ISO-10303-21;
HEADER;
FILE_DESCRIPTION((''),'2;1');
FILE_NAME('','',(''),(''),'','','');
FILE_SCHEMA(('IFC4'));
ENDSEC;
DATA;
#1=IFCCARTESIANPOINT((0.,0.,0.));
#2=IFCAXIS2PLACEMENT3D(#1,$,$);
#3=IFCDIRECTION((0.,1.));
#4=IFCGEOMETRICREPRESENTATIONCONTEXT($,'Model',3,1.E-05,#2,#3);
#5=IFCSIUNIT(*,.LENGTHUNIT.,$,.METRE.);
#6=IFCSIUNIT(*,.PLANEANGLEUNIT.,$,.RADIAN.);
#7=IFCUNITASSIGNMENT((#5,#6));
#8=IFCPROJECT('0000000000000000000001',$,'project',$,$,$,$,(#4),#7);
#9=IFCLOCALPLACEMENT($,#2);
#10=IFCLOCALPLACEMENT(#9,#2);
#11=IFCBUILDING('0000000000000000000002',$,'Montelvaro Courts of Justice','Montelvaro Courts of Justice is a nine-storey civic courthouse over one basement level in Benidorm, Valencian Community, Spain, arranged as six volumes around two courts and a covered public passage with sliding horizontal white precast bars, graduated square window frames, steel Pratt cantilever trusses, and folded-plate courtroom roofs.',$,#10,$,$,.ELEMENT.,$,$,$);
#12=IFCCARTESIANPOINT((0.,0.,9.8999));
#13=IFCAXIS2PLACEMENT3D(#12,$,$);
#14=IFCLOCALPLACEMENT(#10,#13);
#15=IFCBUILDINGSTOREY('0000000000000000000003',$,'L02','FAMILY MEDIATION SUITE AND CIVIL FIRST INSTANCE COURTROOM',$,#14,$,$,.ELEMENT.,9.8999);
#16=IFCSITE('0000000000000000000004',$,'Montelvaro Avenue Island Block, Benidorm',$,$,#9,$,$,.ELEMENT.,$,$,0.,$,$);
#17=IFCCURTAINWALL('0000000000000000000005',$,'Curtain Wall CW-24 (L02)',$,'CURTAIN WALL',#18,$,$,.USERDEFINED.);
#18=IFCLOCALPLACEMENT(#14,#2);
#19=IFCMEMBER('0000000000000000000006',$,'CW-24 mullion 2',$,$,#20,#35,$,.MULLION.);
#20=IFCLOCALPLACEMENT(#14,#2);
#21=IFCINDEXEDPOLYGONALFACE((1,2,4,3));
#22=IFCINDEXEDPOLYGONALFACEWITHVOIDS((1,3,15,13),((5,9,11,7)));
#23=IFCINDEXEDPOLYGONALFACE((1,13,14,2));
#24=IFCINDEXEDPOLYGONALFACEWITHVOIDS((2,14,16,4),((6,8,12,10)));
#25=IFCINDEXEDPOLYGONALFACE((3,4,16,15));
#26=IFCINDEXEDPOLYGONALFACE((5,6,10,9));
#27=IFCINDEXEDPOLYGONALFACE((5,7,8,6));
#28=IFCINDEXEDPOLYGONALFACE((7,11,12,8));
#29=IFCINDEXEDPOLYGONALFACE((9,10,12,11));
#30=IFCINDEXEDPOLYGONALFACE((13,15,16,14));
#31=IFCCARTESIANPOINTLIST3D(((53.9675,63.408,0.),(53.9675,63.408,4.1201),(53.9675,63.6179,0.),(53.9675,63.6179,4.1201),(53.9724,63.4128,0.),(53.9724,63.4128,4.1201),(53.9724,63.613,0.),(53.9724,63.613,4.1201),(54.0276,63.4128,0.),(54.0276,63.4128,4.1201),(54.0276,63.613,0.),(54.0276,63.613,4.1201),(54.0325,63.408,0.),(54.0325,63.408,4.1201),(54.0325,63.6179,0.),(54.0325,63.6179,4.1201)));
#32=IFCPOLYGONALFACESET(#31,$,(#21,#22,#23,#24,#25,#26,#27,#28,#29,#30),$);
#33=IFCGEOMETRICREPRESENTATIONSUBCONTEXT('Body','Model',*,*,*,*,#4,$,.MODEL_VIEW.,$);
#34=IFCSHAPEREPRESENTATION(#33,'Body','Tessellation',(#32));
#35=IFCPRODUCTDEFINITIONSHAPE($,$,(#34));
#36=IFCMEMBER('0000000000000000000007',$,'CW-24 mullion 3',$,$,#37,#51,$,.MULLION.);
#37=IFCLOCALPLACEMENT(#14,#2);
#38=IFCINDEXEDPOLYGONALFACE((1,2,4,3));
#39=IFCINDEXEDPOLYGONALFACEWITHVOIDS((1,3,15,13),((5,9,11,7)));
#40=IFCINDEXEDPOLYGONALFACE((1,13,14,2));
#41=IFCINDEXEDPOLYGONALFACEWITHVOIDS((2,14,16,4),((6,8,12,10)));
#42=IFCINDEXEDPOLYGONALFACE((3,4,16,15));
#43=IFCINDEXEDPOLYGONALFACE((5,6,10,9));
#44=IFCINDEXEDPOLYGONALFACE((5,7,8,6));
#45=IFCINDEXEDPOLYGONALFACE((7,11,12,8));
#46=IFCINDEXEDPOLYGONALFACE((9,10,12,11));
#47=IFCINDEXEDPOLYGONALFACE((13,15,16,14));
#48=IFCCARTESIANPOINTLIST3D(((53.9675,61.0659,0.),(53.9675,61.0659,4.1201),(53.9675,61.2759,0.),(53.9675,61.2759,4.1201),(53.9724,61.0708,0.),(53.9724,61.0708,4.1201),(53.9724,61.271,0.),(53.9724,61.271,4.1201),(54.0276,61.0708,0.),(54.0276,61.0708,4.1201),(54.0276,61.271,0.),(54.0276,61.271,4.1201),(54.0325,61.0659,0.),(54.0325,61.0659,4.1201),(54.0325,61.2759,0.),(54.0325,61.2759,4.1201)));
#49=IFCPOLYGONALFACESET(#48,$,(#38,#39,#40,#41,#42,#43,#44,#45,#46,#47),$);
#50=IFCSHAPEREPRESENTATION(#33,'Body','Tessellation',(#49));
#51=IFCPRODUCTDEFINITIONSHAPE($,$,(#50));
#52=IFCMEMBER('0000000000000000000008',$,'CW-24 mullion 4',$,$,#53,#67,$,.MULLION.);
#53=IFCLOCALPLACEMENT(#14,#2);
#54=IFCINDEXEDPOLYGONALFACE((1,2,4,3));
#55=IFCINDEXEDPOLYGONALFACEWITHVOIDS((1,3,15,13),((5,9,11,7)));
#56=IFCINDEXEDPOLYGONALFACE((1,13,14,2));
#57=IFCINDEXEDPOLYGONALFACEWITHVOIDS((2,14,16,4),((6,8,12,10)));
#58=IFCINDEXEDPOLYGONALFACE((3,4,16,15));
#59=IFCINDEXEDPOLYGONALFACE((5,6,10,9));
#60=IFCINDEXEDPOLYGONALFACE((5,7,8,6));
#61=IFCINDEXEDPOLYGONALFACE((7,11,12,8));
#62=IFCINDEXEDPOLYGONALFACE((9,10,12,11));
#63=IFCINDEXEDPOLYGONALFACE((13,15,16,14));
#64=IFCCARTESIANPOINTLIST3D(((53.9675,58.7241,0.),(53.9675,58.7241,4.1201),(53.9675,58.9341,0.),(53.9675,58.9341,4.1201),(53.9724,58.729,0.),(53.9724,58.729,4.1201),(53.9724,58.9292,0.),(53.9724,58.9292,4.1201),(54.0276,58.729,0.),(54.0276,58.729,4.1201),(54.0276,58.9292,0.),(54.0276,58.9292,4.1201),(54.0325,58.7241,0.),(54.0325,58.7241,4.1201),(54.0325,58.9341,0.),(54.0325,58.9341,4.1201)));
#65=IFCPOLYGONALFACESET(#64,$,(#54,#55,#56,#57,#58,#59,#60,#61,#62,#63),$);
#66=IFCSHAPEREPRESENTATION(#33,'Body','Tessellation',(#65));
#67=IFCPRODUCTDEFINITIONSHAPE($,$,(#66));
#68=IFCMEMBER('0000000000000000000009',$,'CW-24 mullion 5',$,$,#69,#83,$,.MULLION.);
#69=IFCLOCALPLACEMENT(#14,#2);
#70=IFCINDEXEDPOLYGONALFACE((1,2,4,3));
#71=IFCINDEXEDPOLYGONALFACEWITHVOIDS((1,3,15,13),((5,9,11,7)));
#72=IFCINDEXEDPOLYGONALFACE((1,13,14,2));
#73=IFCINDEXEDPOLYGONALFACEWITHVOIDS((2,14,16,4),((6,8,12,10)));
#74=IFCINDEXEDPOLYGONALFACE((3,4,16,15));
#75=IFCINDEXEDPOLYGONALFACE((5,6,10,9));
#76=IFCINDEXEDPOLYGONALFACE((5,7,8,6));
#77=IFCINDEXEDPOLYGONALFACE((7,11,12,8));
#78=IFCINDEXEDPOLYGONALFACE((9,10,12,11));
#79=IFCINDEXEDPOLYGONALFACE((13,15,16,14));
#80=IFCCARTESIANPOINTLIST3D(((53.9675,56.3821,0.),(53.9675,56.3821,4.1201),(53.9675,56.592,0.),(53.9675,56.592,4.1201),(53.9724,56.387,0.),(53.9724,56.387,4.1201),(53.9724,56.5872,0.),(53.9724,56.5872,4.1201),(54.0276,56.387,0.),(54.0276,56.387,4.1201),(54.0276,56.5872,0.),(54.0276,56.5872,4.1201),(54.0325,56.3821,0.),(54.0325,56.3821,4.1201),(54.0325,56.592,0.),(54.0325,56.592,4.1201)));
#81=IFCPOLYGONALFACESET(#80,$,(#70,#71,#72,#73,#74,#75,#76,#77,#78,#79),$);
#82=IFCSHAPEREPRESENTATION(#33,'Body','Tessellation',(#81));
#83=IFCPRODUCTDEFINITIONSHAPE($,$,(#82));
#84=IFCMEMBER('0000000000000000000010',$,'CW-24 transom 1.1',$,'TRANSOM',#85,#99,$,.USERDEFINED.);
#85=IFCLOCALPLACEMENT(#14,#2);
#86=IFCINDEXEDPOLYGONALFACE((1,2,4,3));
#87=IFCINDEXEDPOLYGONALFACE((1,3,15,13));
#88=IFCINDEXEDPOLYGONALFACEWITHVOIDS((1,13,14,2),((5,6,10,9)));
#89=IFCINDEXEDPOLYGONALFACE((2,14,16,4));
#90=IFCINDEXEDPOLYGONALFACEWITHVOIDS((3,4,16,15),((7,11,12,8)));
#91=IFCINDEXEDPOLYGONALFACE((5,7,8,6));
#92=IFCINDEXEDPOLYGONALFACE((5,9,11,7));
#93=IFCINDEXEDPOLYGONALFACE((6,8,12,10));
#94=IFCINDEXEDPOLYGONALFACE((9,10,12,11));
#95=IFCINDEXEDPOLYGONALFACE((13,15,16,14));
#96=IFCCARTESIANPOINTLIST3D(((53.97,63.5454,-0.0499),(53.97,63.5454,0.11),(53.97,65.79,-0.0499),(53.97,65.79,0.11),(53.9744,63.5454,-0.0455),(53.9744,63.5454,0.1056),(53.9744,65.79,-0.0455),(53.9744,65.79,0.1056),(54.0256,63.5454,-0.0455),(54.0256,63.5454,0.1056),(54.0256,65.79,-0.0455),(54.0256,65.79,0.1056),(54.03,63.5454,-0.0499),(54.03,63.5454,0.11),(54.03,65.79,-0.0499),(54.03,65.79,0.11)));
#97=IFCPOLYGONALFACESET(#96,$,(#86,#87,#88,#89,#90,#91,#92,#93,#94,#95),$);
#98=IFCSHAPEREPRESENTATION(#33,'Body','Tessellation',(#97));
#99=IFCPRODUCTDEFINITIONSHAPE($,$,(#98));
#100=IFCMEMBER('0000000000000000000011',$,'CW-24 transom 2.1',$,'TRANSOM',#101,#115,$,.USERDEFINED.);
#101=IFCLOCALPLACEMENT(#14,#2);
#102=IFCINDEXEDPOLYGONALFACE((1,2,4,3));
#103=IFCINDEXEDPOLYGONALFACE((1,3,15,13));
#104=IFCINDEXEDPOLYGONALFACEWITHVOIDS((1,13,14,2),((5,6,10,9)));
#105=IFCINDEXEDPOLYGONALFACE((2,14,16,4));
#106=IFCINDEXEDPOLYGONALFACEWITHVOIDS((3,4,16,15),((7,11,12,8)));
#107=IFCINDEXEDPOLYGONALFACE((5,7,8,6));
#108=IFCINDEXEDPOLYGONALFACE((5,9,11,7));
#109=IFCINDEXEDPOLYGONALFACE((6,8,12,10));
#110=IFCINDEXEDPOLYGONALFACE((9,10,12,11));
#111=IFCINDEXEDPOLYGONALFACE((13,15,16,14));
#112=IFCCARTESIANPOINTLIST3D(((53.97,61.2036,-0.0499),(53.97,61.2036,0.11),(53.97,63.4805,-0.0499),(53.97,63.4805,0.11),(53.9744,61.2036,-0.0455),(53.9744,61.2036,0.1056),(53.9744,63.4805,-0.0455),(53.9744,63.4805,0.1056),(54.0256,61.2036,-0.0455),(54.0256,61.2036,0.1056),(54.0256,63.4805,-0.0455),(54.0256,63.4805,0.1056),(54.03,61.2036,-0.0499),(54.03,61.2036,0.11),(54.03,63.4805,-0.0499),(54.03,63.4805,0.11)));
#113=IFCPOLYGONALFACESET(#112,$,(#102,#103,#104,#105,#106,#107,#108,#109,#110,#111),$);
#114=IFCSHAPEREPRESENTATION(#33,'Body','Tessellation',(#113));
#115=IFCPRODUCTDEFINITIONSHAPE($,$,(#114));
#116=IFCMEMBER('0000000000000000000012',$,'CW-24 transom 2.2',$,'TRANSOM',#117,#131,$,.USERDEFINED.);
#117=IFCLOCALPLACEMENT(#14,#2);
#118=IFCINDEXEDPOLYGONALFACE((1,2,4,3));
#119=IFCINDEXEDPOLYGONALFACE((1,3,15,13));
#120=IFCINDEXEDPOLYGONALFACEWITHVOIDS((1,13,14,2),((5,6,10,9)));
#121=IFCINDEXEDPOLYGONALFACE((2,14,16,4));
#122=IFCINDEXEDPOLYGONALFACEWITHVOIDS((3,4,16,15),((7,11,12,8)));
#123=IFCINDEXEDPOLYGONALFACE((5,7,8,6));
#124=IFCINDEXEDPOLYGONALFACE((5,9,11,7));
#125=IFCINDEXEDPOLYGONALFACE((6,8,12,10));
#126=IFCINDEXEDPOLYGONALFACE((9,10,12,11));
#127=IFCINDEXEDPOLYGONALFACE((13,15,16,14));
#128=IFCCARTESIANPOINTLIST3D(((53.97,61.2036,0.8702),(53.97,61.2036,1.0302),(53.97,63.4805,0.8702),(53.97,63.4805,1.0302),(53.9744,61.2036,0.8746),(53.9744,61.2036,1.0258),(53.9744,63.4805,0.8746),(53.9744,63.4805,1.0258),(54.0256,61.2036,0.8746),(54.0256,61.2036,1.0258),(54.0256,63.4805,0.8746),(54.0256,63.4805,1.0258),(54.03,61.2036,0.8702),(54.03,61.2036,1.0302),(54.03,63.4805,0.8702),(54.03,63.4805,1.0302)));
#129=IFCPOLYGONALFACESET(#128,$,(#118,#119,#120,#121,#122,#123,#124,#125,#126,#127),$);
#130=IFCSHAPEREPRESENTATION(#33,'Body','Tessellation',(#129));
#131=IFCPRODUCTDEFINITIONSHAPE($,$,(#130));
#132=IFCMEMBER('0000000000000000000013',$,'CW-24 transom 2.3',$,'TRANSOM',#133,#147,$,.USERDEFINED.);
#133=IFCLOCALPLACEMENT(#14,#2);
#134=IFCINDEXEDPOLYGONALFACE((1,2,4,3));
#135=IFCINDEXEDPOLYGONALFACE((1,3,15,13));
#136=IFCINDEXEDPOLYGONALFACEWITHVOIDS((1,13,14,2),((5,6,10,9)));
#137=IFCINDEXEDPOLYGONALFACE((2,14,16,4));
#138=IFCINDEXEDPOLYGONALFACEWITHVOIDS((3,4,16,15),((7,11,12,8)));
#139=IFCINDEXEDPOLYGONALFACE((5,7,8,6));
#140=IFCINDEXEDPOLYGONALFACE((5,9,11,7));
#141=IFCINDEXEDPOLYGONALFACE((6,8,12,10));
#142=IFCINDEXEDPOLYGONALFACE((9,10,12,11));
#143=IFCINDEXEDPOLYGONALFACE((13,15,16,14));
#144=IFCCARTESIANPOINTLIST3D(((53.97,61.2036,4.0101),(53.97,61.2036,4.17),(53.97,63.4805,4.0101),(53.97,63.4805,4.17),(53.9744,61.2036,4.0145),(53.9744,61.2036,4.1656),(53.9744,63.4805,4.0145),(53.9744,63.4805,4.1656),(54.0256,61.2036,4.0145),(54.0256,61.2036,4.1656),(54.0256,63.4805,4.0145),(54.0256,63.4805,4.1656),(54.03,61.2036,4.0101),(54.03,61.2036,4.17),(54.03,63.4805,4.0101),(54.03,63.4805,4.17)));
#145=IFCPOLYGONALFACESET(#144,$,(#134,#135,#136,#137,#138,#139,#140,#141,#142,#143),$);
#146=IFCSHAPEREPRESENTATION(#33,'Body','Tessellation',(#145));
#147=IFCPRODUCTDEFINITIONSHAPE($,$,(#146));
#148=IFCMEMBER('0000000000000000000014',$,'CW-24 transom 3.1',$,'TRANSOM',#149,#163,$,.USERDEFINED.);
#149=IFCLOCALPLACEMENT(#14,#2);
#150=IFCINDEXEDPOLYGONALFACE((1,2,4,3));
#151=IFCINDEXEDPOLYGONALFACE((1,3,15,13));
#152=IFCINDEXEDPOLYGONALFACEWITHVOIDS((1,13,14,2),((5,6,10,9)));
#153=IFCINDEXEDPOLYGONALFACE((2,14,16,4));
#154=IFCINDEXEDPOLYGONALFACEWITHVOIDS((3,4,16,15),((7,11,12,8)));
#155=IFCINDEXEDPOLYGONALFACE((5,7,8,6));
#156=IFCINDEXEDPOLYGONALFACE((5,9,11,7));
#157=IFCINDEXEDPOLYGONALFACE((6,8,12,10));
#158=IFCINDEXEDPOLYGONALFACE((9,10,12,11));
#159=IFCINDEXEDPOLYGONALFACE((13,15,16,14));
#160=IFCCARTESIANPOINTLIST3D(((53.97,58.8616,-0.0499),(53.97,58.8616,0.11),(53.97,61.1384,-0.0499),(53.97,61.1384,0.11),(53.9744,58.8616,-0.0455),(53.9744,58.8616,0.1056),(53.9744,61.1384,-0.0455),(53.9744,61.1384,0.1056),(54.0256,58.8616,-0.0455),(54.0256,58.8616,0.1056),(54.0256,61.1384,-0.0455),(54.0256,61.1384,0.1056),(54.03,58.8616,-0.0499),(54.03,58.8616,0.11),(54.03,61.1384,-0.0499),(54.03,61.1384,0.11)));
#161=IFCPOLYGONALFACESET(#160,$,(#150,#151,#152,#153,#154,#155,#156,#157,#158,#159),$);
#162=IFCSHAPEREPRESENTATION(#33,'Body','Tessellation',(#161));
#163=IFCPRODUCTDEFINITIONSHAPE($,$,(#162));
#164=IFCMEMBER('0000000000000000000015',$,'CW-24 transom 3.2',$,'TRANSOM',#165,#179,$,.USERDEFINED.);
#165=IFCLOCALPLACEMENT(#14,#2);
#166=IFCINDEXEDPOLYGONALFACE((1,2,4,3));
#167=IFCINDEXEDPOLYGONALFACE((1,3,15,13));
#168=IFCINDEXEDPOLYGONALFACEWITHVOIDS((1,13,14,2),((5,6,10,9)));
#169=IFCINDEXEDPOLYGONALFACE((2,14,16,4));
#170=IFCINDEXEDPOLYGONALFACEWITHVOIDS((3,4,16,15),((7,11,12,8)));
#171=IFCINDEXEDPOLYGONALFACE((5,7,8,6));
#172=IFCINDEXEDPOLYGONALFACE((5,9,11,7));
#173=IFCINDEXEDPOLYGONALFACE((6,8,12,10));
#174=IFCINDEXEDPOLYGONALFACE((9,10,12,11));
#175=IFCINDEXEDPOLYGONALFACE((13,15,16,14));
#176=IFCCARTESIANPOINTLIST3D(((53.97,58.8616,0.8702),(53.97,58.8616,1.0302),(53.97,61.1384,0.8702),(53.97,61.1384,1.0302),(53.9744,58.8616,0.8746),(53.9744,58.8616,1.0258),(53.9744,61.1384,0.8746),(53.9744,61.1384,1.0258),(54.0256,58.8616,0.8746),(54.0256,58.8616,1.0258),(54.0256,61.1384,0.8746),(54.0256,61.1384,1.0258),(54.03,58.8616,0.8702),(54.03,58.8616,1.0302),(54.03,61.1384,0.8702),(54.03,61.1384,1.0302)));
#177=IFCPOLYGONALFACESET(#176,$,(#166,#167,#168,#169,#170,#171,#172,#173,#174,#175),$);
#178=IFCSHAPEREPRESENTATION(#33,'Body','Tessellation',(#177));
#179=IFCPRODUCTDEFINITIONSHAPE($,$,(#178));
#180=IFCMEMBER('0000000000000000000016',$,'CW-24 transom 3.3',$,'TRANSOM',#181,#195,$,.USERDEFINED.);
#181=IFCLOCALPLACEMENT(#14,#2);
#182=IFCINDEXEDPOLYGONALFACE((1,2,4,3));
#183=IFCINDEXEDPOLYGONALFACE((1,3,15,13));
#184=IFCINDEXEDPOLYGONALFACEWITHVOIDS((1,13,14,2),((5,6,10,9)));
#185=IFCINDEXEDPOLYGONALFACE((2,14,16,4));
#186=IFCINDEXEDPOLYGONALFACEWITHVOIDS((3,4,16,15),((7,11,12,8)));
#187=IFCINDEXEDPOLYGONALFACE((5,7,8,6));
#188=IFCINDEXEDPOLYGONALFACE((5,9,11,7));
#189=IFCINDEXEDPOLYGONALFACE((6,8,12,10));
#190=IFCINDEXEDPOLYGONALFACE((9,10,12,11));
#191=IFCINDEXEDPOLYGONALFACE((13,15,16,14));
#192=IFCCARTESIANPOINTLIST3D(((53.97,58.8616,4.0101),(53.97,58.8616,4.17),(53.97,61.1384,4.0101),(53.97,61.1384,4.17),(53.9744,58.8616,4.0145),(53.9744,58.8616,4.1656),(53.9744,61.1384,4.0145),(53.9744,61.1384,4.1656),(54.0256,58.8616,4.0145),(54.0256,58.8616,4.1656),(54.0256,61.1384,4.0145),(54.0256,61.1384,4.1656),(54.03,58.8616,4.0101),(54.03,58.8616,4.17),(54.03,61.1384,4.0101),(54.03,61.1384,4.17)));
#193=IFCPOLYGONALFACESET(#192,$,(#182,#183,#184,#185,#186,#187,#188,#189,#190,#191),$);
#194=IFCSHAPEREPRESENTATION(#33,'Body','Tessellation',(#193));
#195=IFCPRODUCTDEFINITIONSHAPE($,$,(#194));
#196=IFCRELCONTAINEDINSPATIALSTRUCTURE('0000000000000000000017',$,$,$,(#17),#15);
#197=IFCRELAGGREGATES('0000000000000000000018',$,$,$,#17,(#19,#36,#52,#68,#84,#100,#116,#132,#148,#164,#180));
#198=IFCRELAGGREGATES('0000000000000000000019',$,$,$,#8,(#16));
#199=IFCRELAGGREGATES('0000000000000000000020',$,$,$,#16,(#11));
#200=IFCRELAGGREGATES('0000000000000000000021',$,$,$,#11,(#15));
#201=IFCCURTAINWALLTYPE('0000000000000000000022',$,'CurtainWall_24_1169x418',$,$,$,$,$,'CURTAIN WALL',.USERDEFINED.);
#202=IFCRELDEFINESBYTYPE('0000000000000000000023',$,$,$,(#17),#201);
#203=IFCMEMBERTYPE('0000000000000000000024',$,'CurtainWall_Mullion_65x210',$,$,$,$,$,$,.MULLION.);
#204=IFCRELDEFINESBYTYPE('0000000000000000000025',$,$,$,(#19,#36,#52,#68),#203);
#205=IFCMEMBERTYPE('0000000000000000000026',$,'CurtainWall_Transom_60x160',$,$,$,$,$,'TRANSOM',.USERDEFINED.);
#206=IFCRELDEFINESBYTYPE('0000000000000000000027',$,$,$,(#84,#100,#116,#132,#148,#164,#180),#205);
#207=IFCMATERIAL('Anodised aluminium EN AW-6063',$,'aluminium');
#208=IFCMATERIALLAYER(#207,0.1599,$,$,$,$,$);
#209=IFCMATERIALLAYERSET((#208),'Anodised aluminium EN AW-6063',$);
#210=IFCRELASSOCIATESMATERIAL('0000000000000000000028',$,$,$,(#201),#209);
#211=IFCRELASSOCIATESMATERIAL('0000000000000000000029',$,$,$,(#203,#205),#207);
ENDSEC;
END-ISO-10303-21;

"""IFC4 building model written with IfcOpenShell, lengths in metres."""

from ifc_helpers import new_model, si_unit, direction, frame, origin, origin_2d, place, context, subcontext, project, spatial, hollow_rectangle, extrude, material, layer, layer_set, material_profile, profile_set, type_object, element, aggregate, save


model = new_model("IFC4")

# Units and contexts
model_context = context("Model", 3, precision=1e-05, world=origin(), true_north=direction((0.0, 1.0)))
body_context = subcontext(model_context, "Body", "Model", "MODEL_VIEW")
ifc_project = project(units=[si_unit("LENGTHUNIT", "METRE"), si_unit("PLANEANGLEUNIT", "RADIAN")], contexts=[model_context])

# Site, building, storey
site_placement = place(None, origin())
site = spatial("IfcSite", under=ifc_project, at=site_placement, Name="Montelvaro Avenue Island Block, Benidorm", CompositionType="ELEMENT", RefElevation=0.0)
building_placement = place(site_placement, origin())
building = spatial("IfcBuilding", under=site, at=building_placement, Name="Montelvaro Courts of Justice", Description="Montelvaro Courts of Justice is a nine-storey civic courthouse over one basement level in Benidorm, Valencian Community, Spain, arranged as six volumes around two courts and a covered public passage with sliding horizontal white precast bars, graduated square window frames, steel Pratt cantilever trusses, and folded-plate courtroom roofs.", CompositionType="ELEMENT")
storey_placement = place(building_placement, frame((0.0, 0.0, 9.8999)))
storey = spatial("IfcBuildingStorey", under=building, at=storey_placement, Name="L02", Description="FAMILY MEDIATION SUITE AND CIVIL FIRST INSTANCE COURTROOM", CompositionType="ELEMENT", Elevation=9.8999)

# Curtain wall, members
ifc_material_1 = material(Name="Anodised aluminium EN AW-6063", Category="aluminium")
ifc_layer_1 = layer(ifc_material_1, 0.1599)
ifc_layer_set_1 = layer_set([ifc_layer_1], Name="Anodised aluminium EN AW-6063")
curtain_wall_type = type_object("IfcCurtainWallType", Name="CurtainWall_24_1169x418", ElementType="CURTAIN WALL", PredefinedType="USERDEFINED", material=ifc_layer_set_1)
curtain_wall_placement = place(storey_placement, origin())
curtain_wall = element("IfcCurtainWall", 1, at=curtain_wall_placement, inside=storey, type_object=curtain_wall_type, Name="Curtain Wall CW-24 (L02)", ObjectType="CURTAIN WALL", PredefinedType="USERDEFINED")
ifc_material_profile_1 = material_profile(ifc_material_1, hollow_rectangle(XDim=0.0649, YDim=0.21, WallThickness=0.0049, at=origin_2d()), Name="ALU-M 65x210")
ifc_profile_set_1 = profile_set([ifc_material_profile_1], Name="Anodised aluminium EN AW-6063")
member_type_1 = type_object("IfcMemberType", Name="CurtainWall_Mullion_65x210", PredefinedType="MULLION", material=ifc_profile_set_1)
member_1_placement = place(storey_placement, frame((54.0, 63.5129, 0.0), z_axis=(0.0, 0.0, 1.0), x_axis=(1.0, 0.0, 0.0)))
member_1 = element("IfcMember", 2, at=member_1_placement, type_object=member_type_1, Name="CW-24 mullion 2", PredefinedType="MULLION", context=body_context, shape_type="SweptSolid", body=[
    extrude(hollow_rectangle(XDim=0.0649, YDim=0.21, WallThickness=0.0049, at=origin_2d()), origin(), (0.0, 0.0, 1.0), 4.1201),
])
member_2_placement = place(storey_placement, frame((54.0, 61.1709, 0.0), z_axis=(0.0, 0.0, 1.0), x_axis=(1.0, 0.0, 0.0)))
member_2 = element("IfcMember", 3, at=member_2_placement, type_object=member_type_1, Name="CW-24 mullion 3", PredefinedType="MULLION", context=body_context, shape_type="SweptSolid", body=[
    extrude(hollow_rectangle(XDim=0.0649, YDim=0.21, WallThickness=0.0049, at=origin_2d()), origin(), (0.0, 0.0, 1.0), 4.1201),
])
member_3_placement = place(storey_placement, frame((54.0, 58.8291, 0.0), z_axis=(0.0, 0.0, 1.0), x_axis=(1.0, 0.0, 0.0)))
member_3 = element("IfcMember", 4, at=member_3_placement, type_object=member_type_1, Name="CW-24 mullion 4", PredefinedType="MULLION", context=body_context, shape_type="SweptSolid", body=[
    extrude(hollow_rectangle(XDim=0.0649, YDim=0.21, WallThickness=0.0049, at=origin_2d()), origin(), (0.0, 0.0, 1.0), 4.1201),
])
member_4_placement = place(storey_placement, frame((54.0, 56.4871, 0.0), z_axis=(0.0, 0.0, 1.0), x_axis=(1.0, 0.0, 0.0)))
member_4 = element("IfcMember", 5, at=member_4_placement, type_object=member_type_1, Name="CW-24 mullion 5", PredefinedType="MULLION", context=body_context, shape_type="SweptSolid", body=[
    extrude(hollow_rectangle(XDim=0.0649, YDim=0.21, WallThickness=0.0049, at=origin_2d()), origin(), (0.0, 0.0, 1.0), 4.1201),
])
ifc_material_profile_2 = material_profile(ifc_material_1, hollow_rectangle(XDim=0.0601, YDim=0.1599, WallThickness=0.0044, at=origin_2d()), Name="ALU-T 60x160")
ifc_profile_set_2 = profile_set([ifc_material_profile_2], Name="Anodised aluminium EN AW-6063")
member_type_2 = type_object("IfcMemberType", Name="CurtainWall_Transom_60x160", ElementType="TRANSOM", PredefinedType="USERDEFINED", material=ifc_profile_set_2)
member_5_placement = place(storey_placement, frame((54.0, 65.79, 0.03), z_axis=(0.0, -1.0, 0.0), x_axis=(1.0, 0.0, 0.0)))
member_5 = element("IfcMember", 6, at=member_5_placement, type_object=member_type_2, Name="CW-24 transom 1.1", ObjectType="TRANSOM", PredefinedType="USERDEFINED", context=body_context, shape_type="SweptSolid", body=[
    extrude(hollow_rectangle(XDim=0.0601, YDim=0.1599, WallThickness=0.0044, at=origin_2d()), origin(), (0.0, 0.0, 1.0), 2.2446),
])
member_6_placement = place(storey_placement, frame((54.0, 63.4805, 0.03), z_axis=(0.0, -1.0, 0.0), x_axis=(1.0, 0.0, 0.0)))
member_6 = element("IfcMember", 7, at=member_6_placement, type_object=member_type_2, Name="CW-24 transom 2.1", ObjectType="TRANSOM", PredefinedType="USERDEFINED", context=body_context, shape_type="SweptSolid", body=[
    extrude(hollow_rectangle(XDim=0.0601, YDim=0.1599, WallThickness=0.0044, at=origin_2d()), origin(), (0.0, 0.0, 1.0), 2.2769),
])
member_7_placement = place(storey_placement, frame((54.0, 63.4805, 0.9502), z_axis=(0.0, -1.0, 0.0), x_axis=(1.0, 0.0, 0.0)))
member_7 = element("IfcMember", 8, at=member_7_placement, type_object=member_type_2, Name="CW-24 transom 2.2", ObjectType="TRANSOM", PredefinedType="USERDEFINED", context=body_context, shape_type="SweptSolid", body=[
    extrude(hollow_rectangle(XDim=0.0601, YDim=0.1599, WallThickness=0.0044, at=origin_2d()), origin(), (0.0, 0.0, 1.0), 2.2769),
])
member_8_placement = place(storey_placement, frame((54.0, 63.4805, 4.0901), z_axis=(0.0, -1.0, 0.0), x_axis=(1.0, 0.0, 0.0)))
member_8 = element("IfcMember", 9, at=member_8_placement, type_object=member_type_2, Name="CW-24 transom 2.3", ObjectType="TRANSOM", PredefinedType="USERDEFINED", context=body_context, shape_type="SweptSolid", body=[
    extrude(hollow_rectangle(XDim=0.0601, YDim=0.1599, WallThickness=0.0044, at=origin_2d()), origin(), (0.0, 0.0, 1.0), 2.2769),
])
member_9_placement = place(storey_placement, frame((54.0, 61.1384, 0.03), z_axis=(0.0, -1.0, 0.0), x_axis=(1.0, 0.0, 0.0)))
member_9 = element("IfcMember", 10, at=member_9_placement, type_object=member_type_2, Name="CW-24 transom 3.1", ObjectType="TRANSOM", PredefinedType="USERDEFINED", context=body_context, shape_type="SweptSolid", body=[
    extrude(hollow_rectangle(XDim=0.0601, YDim=0.1599, WallThickness=0.0044, at=origin_2d()), origin(), (0.0, 0.0, 1.0), 2.2769),
])
member_10_placement = place(storey_placement, frame((54.0, 61.1384, 0.9502), z_axis=(0.0, -1.0, 0.0), x_axis=(1.0, 0.0, 0.0)))
member_10 = element("IfcMember", 11, at=member_10_placement, type_object=member_type_2, Name="CW-24 transom 3.2", ObjectType="TRANSOM", PredefinedType="USERDEFINED", context=body_context, shape_type="SweptSolid", body=[
    extrude(hollow_rectangle(XDim=0.0601, YDim=0.1599, WallThickness=0.0044, at=origin_2d()), origin(), (0.0, 0.0, 1.0), 2.2769),
])
member_11_placement = place(storey_placement, frame((54.0, 61.1384, 4.0901), z_axis=(0.0, -1.0, 0.0), x_axis=(1.0, 0.0, 0.0)))
member_11 = element("IfcMember", 12, at=member_11_placement, type_object=member_type_2, Name="CW-24 transom 3.3", ObjectType="TRANSOM", PredefinedType="USERDEFINED", context=body_context, shape_type="SweptSolid", body=[
    extrude(hollow_rectangle(XDim=0.0601, YDim=0.1599, WallThickness=0.0044, at=origin_2d()), origin(), (0.0, 0.0, 1.0), 2.2769),
])
aggregate(curtain_wall, [member_1, member_2, member_3, member_4, member_5, member_6, member_7, member_8, member_9, member_10, member_11])

save(model, "model.ifc")
